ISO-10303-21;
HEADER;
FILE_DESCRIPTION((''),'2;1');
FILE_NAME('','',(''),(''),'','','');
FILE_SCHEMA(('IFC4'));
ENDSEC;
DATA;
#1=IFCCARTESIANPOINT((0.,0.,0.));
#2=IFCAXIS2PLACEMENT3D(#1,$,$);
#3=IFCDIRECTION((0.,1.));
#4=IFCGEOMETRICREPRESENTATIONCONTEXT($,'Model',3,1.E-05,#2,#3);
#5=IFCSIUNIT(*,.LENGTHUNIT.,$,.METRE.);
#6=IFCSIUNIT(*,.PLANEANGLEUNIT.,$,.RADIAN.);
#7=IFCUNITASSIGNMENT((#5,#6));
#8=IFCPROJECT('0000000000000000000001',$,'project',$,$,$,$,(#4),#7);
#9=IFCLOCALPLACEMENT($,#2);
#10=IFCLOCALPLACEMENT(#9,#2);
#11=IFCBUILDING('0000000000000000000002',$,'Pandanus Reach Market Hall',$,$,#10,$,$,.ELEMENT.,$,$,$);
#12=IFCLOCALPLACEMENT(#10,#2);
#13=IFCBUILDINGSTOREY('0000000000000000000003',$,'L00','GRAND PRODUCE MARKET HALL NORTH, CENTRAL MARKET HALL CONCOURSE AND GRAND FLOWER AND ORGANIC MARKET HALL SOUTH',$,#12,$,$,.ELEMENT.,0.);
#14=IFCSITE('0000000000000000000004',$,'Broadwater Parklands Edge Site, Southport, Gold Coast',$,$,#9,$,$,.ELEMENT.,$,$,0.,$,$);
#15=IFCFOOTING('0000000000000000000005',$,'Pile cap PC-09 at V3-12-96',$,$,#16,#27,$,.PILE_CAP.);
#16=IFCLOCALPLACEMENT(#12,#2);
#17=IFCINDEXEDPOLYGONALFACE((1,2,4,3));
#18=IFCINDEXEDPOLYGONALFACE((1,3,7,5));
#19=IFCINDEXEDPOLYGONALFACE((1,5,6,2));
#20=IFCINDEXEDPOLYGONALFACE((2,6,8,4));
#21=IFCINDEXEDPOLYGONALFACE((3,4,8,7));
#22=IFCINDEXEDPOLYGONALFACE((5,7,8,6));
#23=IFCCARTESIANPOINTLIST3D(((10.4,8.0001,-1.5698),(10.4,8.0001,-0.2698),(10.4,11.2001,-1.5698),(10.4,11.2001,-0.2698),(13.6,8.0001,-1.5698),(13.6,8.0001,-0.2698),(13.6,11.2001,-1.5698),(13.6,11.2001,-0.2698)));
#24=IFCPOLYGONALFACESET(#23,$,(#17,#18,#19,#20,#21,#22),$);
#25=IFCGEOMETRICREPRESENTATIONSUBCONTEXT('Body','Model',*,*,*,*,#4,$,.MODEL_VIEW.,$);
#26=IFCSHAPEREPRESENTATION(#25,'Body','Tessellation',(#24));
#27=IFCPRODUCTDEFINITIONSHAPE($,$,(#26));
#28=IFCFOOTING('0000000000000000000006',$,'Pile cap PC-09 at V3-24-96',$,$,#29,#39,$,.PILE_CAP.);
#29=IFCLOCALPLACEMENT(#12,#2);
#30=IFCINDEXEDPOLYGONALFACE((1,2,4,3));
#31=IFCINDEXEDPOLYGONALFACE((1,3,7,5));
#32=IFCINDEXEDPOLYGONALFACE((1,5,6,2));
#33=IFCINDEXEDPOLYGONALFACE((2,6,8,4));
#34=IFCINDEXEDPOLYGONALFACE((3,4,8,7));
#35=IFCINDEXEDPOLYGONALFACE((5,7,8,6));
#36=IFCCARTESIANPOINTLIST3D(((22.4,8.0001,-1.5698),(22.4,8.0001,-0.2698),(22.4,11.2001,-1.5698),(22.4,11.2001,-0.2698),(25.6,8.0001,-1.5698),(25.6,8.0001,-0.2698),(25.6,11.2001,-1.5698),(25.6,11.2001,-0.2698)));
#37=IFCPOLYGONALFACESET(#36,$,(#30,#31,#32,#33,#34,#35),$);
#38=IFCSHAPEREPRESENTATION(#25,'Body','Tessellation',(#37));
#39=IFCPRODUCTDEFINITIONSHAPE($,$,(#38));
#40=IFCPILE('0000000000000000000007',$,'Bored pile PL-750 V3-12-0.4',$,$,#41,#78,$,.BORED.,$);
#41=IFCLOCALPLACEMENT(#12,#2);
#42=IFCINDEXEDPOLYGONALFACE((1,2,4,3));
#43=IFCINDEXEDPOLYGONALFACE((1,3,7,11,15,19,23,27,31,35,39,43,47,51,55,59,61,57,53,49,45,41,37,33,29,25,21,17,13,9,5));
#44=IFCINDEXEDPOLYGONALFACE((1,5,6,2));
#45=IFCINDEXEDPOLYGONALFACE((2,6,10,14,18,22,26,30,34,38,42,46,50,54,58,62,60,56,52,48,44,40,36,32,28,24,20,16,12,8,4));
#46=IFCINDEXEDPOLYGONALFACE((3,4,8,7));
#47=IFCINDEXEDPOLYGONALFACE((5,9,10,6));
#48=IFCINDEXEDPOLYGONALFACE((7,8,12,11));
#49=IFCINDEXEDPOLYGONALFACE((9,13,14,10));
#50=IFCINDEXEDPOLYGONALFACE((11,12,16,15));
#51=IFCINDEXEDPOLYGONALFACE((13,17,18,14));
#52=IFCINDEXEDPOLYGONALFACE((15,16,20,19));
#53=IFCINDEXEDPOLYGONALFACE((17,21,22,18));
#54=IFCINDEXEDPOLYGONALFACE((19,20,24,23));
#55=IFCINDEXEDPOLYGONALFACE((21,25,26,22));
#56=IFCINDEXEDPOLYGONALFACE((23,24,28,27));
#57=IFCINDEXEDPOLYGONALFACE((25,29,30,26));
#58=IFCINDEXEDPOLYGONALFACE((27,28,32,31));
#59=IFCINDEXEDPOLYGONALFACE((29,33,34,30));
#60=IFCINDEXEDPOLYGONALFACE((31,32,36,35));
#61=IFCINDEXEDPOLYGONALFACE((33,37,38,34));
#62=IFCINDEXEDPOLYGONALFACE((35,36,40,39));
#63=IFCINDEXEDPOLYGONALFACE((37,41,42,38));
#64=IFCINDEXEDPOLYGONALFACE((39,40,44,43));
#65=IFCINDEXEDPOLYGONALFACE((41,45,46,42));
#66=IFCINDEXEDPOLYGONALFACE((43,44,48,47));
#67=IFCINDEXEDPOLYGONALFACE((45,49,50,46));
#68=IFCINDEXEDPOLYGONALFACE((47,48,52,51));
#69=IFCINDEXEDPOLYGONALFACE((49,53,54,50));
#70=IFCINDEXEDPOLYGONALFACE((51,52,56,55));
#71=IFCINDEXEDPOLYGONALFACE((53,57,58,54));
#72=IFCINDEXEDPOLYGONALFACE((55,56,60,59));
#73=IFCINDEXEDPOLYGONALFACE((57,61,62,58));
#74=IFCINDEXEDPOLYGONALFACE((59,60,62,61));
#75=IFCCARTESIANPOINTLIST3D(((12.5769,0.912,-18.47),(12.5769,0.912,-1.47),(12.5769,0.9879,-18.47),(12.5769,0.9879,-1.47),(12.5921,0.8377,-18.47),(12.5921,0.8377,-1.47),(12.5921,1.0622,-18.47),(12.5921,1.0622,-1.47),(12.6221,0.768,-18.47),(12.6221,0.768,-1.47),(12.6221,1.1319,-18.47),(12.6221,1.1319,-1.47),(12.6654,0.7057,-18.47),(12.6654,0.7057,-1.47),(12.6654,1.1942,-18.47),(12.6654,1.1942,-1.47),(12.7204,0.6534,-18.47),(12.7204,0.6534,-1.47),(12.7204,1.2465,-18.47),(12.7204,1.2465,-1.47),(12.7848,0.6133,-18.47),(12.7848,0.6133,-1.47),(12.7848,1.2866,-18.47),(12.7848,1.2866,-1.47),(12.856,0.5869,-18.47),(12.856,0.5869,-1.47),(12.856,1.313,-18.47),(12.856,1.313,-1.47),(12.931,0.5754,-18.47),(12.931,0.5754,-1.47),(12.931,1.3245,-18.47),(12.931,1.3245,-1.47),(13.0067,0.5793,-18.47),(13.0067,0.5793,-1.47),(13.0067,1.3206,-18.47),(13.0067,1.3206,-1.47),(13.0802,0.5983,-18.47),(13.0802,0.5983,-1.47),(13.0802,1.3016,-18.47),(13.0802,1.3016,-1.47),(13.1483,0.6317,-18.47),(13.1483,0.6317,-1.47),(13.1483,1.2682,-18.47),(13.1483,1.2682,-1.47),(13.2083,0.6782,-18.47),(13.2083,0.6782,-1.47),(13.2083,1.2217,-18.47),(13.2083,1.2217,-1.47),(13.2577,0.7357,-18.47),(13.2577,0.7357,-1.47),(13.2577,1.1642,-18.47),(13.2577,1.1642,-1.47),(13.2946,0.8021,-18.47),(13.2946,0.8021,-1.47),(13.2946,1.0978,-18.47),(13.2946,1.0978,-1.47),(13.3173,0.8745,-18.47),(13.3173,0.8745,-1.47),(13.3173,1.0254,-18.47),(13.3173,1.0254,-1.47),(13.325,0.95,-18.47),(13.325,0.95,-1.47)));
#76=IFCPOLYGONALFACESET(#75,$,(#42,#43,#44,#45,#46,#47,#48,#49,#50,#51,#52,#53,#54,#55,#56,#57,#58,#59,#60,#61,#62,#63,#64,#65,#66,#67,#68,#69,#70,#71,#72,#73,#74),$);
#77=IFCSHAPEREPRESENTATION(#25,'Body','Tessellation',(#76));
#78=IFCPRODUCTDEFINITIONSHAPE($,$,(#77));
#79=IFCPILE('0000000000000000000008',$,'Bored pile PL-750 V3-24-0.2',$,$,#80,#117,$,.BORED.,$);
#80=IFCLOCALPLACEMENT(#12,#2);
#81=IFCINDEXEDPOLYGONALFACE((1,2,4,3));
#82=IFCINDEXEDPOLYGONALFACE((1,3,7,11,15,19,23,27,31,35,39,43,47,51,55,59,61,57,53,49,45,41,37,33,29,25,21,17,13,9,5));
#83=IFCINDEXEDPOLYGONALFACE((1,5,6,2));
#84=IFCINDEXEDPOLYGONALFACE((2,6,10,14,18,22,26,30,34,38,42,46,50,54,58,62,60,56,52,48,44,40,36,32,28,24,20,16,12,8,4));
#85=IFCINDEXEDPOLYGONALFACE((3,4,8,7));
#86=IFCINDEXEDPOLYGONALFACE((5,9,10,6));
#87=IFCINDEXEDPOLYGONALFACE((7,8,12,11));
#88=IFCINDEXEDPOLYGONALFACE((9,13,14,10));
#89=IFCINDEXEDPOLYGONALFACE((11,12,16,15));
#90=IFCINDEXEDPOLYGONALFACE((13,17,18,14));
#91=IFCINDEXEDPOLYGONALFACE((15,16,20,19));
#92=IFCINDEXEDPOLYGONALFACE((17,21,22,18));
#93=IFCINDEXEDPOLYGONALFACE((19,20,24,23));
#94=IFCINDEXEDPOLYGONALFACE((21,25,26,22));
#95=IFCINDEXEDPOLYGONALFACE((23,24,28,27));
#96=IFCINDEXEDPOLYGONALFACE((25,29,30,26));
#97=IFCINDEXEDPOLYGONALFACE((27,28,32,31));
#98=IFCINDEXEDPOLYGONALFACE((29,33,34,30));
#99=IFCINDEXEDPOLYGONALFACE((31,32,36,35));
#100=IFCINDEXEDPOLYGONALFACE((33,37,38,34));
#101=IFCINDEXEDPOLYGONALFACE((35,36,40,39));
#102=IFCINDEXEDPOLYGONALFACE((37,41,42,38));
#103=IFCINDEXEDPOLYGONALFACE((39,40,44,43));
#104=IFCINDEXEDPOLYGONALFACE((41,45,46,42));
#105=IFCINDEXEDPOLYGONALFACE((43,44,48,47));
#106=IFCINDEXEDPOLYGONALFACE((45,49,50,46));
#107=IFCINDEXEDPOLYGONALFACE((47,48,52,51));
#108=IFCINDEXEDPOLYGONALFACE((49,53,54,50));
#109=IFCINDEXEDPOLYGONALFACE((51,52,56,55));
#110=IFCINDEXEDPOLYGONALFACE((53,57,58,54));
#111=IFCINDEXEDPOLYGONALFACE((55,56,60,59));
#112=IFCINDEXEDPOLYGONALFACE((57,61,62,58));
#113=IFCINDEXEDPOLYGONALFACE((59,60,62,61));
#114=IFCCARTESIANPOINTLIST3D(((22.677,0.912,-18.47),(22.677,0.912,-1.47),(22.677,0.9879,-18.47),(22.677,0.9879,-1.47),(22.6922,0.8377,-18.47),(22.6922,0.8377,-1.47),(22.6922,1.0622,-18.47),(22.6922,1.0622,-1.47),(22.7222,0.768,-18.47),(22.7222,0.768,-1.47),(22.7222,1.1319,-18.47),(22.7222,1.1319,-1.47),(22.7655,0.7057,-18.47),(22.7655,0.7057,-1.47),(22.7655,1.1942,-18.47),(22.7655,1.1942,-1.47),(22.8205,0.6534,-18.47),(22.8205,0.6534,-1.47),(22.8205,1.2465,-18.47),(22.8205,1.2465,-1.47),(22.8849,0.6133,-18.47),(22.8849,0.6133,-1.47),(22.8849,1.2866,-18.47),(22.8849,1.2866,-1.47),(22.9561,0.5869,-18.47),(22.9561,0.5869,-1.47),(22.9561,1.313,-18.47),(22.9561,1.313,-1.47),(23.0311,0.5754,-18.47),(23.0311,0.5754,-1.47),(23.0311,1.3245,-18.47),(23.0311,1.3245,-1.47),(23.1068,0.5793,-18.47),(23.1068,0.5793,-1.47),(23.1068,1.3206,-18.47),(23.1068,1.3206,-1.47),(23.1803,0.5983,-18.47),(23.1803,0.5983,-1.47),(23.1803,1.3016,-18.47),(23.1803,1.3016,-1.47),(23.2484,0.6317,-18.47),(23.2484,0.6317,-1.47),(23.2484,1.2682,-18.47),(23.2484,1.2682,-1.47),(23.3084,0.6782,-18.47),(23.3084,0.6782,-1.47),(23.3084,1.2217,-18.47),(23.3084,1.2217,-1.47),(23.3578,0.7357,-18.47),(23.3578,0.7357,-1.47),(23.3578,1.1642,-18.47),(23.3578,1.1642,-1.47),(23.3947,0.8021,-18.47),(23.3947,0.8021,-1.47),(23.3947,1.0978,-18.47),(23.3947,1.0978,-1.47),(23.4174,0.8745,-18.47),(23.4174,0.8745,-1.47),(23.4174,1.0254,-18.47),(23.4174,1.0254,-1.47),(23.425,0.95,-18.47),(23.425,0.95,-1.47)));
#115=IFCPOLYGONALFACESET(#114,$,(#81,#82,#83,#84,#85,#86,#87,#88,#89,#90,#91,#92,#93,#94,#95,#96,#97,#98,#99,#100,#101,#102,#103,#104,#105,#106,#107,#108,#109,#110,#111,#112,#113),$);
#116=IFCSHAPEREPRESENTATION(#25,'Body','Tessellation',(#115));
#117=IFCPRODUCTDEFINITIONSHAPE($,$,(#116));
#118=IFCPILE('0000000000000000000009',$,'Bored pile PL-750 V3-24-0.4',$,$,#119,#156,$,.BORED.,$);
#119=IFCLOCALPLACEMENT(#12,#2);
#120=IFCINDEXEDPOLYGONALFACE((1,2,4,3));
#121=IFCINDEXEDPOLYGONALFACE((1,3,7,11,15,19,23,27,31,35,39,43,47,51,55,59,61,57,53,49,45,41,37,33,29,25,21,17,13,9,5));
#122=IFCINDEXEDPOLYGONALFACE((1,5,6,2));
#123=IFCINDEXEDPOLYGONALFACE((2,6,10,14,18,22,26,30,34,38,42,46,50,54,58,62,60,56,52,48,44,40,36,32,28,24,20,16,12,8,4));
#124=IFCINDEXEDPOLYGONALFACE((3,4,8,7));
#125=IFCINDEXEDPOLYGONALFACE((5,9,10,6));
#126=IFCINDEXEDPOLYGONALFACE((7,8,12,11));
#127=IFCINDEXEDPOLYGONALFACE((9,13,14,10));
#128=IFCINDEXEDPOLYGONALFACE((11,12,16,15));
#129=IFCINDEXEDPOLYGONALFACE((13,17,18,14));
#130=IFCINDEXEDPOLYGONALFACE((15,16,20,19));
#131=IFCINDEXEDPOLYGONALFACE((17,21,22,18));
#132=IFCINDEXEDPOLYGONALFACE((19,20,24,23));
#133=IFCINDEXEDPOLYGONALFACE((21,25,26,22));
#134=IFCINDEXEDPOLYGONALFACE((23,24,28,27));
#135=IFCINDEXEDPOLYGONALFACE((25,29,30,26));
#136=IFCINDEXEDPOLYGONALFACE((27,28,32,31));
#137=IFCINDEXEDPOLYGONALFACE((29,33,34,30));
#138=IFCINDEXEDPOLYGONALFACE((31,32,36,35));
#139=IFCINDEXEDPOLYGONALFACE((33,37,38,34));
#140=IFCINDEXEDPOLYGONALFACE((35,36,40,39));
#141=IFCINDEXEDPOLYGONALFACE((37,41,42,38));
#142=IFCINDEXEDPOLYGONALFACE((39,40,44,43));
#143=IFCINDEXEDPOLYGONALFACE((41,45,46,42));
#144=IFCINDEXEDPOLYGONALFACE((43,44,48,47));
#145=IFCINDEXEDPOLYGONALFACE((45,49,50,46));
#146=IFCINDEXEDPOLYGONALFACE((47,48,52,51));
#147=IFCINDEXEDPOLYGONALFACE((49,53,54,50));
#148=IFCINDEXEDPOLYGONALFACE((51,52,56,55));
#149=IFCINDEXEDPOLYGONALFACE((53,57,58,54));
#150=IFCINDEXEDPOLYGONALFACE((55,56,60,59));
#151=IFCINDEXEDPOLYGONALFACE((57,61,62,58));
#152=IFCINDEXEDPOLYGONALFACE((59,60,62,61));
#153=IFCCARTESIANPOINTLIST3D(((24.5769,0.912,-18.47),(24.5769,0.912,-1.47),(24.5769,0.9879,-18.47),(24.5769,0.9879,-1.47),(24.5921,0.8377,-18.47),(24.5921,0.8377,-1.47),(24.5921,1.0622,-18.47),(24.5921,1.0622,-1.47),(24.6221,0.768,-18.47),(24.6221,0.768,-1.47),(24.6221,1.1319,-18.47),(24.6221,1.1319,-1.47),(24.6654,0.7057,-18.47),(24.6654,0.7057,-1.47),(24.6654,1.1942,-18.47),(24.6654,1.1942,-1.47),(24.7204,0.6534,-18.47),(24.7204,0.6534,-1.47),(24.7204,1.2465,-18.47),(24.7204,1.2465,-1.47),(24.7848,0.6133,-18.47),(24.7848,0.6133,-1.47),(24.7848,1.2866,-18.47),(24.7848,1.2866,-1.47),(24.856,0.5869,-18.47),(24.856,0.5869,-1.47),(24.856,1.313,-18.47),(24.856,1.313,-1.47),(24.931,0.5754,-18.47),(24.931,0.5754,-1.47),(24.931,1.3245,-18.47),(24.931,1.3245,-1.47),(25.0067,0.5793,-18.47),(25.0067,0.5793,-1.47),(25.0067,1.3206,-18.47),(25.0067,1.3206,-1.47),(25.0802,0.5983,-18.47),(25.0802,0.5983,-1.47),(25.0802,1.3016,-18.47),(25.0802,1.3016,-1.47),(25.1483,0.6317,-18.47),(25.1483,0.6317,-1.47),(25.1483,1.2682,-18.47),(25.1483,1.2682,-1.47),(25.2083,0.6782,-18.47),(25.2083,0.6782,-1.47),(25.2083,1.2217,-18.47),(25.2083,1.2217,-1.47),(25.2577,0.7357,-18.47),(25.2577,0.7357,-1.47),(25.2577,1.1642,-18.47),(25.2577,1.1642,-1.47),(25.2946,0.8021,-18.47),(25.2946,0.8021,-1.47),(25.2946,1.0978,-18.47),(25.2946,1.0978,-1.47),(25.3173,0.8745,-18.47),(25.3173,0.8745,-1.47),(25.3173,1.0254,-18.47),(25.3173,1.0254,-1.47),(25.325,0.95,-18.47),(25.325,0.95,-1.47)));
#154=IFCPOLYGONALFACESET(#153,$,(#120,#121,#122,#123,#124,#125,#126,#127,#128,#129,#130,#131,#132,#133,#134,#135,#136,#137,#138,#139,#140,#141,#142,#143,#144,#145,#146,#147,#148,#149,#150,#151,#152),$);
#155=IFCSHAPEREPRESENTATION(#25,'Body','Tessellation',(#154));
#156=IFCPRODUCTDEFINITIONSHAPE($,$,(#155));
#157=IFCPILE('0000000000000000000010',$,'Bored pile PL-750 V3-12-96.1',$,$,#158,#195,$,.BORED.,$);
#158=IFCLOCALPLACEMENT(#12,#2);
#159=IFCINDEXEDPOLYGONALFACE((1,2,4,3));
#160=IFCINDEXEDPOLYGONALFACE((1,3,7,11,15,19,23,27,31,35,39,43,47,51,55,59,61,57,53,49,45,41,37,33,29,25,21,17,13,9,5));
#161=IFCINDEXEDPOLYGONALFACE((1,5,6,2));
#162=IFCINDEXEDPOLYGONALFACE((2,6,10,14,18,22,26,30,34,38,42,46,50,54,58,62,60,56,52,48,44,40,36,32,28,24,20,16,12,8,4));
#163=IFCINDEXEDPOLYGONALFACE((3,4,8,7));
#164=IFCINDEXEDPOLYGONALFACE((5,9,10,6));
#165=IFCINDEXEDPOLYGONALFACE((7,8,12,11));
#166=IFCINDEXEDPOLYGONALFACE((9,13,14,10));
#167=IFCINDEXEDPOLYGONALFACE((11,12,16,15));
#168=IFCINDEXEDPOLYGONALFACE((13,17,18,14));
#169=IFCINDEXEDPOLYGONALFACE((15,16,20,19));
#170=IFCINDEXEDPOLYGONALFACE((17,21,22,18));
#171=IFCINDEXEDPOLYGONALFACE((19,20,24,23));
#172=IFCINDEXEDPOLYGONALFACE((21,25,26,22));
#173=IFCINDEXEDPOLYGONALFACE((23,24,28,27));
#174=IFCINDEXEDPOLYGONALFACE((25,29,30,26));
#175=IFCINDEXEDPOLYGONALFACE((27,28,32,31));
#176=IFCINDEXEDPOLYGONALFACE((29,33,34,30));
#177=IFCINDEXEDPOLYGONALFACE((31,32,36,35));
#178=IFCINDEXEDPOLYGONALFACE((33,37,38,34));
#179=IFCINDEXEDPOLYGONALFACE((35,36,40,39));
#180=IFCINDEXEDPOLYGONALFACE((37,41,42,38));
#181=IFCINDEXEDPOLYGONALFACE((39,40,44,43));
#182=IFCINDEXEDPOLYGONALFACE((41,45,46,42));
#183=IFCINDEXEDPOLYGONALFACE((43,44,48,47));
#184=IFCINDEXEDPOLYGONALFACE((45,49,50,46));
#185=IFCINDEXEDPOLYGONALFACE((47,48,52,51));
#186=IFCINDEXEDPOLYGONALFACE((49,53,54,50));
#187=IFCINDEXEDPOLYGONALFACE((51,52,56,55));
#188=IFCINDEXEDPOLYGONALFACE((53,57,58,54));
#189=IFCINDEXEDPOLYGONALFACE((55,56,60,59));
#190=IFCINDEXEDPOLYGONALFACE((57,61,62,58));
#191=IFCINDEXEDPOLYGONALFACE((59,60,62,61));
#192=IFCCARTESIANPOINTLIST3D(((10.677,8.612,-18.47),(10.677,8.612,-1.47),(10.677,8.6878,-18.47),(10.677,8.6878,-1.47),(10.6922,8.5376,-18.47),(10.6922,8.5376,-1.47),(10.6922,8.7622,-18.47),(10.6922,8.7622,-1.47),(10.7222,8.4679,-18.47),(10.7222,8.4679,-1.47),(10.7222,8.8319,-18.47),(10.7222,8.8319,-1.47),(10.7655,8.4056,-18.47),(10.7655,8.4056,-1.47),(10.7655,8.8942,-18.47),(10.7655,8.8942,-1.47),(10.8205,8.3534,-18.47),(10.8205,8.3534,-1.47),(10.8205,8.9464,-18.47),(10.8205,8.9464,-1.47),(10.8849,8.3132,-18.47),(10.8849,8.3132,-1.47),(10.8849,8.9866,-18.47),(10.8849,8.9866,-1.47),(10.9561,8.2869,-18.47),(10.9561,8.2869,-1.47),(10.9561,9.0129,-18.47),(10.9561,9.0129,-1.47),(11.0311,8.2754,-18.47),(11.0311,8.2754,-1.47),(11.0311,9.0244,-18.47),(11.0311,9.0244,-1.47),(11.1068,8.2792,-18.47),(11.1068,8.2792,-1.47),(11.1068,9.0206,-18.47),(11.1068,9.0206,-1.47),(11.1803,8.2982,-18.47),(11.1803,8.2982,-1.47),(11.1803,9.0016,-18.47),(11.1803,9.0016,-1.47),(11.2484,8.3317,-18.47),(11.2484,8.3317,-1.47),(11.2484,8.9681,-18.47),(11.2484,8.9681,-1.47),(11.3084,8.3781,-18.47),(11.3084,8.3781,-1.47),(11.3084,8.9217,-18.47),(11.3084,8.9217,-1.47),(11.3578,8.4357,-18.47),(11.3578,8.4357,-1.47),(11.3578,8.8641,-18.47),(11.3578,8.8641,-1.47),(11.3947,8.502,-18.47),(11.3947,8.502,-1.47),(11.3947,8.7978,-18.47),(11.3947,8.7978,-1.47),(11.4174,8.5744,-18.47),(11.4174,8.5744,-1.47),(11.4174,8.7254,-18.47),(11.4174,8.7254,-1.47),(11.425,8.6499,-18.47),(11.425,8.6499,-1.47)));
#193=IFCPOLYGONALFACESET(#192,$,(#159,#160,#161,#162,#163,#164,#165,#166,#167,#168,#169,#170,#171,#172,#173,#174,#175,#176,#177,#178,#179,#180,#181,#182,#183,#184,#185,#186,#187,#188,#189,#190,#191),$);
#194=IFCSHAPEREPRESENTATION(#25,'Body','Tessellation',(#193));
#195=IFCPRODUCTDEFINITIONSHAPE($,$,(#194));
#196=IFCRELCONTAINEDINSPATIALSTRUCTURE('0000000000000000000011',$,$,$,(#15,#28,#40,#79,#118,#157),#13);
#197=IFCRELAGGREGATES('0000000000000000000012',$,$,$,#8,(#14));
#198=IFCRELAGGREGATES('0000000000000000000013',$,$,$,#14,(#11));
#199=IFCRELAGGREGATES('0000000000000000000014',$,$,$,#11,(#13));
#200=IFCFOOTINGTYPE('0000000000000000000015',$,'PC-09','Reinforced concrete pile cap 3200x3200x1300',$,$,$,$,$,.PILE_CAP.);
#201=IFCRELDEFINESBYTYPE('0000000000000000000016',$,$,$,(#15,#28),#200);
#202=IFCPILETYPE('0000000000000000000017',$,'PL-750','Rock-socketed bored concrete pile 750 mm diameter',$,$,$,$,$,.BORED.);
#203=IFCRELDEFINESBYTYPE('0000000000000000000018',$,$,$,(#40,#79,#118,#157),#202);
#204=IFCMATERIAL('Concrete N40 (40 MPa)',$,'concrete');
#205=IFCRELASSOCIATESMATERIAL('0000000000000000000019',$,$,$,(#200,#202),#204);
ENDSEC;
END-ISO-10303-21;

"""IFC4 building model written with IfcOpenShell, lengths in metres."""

from ifc_helpers import new_model, si_unit, direction, frame, origin, origin_2d, place, context, subcontext, project, spatial, rectangle, circle, extrude, material, material_profile, profile_set, type_object, element, save


model = new_model("IFC4")

# Units and contexts
model_context = context("Model", 3, precision=1e-05, world=origin(), true_north=direction((0.0, 1.0)))
body_context = subcontext(model_context, "Body", "Model", "MODEL_VIEW")
ifc_project = project(units=[si_unit("LENGTHUNIT", "METRE"), si_unit("PLANEANGLEUNIT", "RADIAN")], contexts=[model_context])

# Site, building, storey
site_placement = place(None, origin())
site = spatial("IfcSite", under=ifc_project, at=site_placement, Name="Broadwater Parklands Edge Site, Southport, Gold Coast", CompositionType="ELEMENT", RefElevation=0.0)
building_placement = place(site_placement, origin())
building = spatial("IfcBuilding", under=site, at=building_placement, Name="Pandanus Reach Market Hall", CompositionType="ELEMENT")
storey_placement = place(building_placement, origin())
storey = spatial("IfcBuildingStorey", under=building, at=storey_placement, Name="L00", Description="GRAND PRODUCE MARKET HALL NORTH, CENTRAL MARKET HALL CONCOURSE AND GRAND FLOWER AND ORGANIC MARKET HALL SOUTH", CompositionType="ELEMENT", Elevation=0.0)

# Footings
ifc_material_1 = material(Name="Concrete N40 (40 MPa)", Category="concrete")
footing_type = type_object("IfcFootingType", Name="PC-09", Description="Reinforced concrete pile cap 3200x3200x1300", PredefinedType="PILE_CAP", material=ifc_material_1)
for number, where, z_axis, x_axis, name in (
    (1, (12.0, 9.6001, -1.5698), (0.0, 0.0, 1.0), (1.0, 0.0, 0.0), "Pile cap PC-09 at V3-12-96"),
    (2, (24.0, 9.6001, -1.5698), (0.0, 0.0, 1.0), (1.0, 0.0, 0.0), "Pile cap PC-09 at V3-24-96"),
):
    element("IfcFooting", number, at=place(storey_placement, frame(where, z_axis=z_axis, x_axis=x_axis)), inside=storey, type_object=footing_type, Name=name, PredefinedType="PILE_CAP", context=body_context, shape_type="SweptSolid", body=[
        extrude(rectangle(XDim=3.2, YDim=3.2, at=origin_2d()), origin(), (0.0, 0.0, 1.0), 1.3),
    ])

# Piles
ifc_material_profile_1 = material_profile(ifc_material_1, circle(Radius=0.375, at=origin_2d()), Name="PILE-750D", Category="LoadBearing")
ifc_profile_set_1 = profile_set([ifc_material_profile_1], Name="Concrete N40 (40 MPa)")
pile_type_1 = type_object("IfcPileType", Name="PL-750", Description="Rock-socketed bored concrete pile 750 mm diameter", PredefinedType="BORED", material=ifc_profile_set_1)
for number, where, z_axis, x_axis, name in (
    (3, (12.95, 0.95, -1.47), (0.0, 0.0, -1.0), (1.0, 0.0, 0.0), "Bored pile PL-750 V3-12-0.4"),
    (4, (23.05, 0.95, -1.47), (0.0, 0.0, -1.0), (1.0, 0.0, 0.0), "Bored pile PL-750 V3-24-0.2"),
    (5, (24.95, 0.95, -1.47), (0.0, 0.0, -1.0), (1.0, 0.0, 0.0), "Bored pile PL-750 V3-24-0.4"),
    (6, (11.05, 8.6499, -1.47), (0.0, 0.0, -1.0), (1.0, 0.0, 0.0), "Bored pile PL-750 V3-12-96.1"),
):
    element("IfcPile", number, at=place(storey_placement, frame(where, z_axis=z_axis, x_axis=x_axis)), inside=storey, type_object=pile_type_1, Name=name, PredefinedType="BORED", context=body_context, shape_type="SweptSolid", body=[
        extrude(circle(Radius=0.375, at=origin_2d()), origin(), (0.0, 0.0, 1.0), 17.0),
    ])

save(model, "model.ifc")
